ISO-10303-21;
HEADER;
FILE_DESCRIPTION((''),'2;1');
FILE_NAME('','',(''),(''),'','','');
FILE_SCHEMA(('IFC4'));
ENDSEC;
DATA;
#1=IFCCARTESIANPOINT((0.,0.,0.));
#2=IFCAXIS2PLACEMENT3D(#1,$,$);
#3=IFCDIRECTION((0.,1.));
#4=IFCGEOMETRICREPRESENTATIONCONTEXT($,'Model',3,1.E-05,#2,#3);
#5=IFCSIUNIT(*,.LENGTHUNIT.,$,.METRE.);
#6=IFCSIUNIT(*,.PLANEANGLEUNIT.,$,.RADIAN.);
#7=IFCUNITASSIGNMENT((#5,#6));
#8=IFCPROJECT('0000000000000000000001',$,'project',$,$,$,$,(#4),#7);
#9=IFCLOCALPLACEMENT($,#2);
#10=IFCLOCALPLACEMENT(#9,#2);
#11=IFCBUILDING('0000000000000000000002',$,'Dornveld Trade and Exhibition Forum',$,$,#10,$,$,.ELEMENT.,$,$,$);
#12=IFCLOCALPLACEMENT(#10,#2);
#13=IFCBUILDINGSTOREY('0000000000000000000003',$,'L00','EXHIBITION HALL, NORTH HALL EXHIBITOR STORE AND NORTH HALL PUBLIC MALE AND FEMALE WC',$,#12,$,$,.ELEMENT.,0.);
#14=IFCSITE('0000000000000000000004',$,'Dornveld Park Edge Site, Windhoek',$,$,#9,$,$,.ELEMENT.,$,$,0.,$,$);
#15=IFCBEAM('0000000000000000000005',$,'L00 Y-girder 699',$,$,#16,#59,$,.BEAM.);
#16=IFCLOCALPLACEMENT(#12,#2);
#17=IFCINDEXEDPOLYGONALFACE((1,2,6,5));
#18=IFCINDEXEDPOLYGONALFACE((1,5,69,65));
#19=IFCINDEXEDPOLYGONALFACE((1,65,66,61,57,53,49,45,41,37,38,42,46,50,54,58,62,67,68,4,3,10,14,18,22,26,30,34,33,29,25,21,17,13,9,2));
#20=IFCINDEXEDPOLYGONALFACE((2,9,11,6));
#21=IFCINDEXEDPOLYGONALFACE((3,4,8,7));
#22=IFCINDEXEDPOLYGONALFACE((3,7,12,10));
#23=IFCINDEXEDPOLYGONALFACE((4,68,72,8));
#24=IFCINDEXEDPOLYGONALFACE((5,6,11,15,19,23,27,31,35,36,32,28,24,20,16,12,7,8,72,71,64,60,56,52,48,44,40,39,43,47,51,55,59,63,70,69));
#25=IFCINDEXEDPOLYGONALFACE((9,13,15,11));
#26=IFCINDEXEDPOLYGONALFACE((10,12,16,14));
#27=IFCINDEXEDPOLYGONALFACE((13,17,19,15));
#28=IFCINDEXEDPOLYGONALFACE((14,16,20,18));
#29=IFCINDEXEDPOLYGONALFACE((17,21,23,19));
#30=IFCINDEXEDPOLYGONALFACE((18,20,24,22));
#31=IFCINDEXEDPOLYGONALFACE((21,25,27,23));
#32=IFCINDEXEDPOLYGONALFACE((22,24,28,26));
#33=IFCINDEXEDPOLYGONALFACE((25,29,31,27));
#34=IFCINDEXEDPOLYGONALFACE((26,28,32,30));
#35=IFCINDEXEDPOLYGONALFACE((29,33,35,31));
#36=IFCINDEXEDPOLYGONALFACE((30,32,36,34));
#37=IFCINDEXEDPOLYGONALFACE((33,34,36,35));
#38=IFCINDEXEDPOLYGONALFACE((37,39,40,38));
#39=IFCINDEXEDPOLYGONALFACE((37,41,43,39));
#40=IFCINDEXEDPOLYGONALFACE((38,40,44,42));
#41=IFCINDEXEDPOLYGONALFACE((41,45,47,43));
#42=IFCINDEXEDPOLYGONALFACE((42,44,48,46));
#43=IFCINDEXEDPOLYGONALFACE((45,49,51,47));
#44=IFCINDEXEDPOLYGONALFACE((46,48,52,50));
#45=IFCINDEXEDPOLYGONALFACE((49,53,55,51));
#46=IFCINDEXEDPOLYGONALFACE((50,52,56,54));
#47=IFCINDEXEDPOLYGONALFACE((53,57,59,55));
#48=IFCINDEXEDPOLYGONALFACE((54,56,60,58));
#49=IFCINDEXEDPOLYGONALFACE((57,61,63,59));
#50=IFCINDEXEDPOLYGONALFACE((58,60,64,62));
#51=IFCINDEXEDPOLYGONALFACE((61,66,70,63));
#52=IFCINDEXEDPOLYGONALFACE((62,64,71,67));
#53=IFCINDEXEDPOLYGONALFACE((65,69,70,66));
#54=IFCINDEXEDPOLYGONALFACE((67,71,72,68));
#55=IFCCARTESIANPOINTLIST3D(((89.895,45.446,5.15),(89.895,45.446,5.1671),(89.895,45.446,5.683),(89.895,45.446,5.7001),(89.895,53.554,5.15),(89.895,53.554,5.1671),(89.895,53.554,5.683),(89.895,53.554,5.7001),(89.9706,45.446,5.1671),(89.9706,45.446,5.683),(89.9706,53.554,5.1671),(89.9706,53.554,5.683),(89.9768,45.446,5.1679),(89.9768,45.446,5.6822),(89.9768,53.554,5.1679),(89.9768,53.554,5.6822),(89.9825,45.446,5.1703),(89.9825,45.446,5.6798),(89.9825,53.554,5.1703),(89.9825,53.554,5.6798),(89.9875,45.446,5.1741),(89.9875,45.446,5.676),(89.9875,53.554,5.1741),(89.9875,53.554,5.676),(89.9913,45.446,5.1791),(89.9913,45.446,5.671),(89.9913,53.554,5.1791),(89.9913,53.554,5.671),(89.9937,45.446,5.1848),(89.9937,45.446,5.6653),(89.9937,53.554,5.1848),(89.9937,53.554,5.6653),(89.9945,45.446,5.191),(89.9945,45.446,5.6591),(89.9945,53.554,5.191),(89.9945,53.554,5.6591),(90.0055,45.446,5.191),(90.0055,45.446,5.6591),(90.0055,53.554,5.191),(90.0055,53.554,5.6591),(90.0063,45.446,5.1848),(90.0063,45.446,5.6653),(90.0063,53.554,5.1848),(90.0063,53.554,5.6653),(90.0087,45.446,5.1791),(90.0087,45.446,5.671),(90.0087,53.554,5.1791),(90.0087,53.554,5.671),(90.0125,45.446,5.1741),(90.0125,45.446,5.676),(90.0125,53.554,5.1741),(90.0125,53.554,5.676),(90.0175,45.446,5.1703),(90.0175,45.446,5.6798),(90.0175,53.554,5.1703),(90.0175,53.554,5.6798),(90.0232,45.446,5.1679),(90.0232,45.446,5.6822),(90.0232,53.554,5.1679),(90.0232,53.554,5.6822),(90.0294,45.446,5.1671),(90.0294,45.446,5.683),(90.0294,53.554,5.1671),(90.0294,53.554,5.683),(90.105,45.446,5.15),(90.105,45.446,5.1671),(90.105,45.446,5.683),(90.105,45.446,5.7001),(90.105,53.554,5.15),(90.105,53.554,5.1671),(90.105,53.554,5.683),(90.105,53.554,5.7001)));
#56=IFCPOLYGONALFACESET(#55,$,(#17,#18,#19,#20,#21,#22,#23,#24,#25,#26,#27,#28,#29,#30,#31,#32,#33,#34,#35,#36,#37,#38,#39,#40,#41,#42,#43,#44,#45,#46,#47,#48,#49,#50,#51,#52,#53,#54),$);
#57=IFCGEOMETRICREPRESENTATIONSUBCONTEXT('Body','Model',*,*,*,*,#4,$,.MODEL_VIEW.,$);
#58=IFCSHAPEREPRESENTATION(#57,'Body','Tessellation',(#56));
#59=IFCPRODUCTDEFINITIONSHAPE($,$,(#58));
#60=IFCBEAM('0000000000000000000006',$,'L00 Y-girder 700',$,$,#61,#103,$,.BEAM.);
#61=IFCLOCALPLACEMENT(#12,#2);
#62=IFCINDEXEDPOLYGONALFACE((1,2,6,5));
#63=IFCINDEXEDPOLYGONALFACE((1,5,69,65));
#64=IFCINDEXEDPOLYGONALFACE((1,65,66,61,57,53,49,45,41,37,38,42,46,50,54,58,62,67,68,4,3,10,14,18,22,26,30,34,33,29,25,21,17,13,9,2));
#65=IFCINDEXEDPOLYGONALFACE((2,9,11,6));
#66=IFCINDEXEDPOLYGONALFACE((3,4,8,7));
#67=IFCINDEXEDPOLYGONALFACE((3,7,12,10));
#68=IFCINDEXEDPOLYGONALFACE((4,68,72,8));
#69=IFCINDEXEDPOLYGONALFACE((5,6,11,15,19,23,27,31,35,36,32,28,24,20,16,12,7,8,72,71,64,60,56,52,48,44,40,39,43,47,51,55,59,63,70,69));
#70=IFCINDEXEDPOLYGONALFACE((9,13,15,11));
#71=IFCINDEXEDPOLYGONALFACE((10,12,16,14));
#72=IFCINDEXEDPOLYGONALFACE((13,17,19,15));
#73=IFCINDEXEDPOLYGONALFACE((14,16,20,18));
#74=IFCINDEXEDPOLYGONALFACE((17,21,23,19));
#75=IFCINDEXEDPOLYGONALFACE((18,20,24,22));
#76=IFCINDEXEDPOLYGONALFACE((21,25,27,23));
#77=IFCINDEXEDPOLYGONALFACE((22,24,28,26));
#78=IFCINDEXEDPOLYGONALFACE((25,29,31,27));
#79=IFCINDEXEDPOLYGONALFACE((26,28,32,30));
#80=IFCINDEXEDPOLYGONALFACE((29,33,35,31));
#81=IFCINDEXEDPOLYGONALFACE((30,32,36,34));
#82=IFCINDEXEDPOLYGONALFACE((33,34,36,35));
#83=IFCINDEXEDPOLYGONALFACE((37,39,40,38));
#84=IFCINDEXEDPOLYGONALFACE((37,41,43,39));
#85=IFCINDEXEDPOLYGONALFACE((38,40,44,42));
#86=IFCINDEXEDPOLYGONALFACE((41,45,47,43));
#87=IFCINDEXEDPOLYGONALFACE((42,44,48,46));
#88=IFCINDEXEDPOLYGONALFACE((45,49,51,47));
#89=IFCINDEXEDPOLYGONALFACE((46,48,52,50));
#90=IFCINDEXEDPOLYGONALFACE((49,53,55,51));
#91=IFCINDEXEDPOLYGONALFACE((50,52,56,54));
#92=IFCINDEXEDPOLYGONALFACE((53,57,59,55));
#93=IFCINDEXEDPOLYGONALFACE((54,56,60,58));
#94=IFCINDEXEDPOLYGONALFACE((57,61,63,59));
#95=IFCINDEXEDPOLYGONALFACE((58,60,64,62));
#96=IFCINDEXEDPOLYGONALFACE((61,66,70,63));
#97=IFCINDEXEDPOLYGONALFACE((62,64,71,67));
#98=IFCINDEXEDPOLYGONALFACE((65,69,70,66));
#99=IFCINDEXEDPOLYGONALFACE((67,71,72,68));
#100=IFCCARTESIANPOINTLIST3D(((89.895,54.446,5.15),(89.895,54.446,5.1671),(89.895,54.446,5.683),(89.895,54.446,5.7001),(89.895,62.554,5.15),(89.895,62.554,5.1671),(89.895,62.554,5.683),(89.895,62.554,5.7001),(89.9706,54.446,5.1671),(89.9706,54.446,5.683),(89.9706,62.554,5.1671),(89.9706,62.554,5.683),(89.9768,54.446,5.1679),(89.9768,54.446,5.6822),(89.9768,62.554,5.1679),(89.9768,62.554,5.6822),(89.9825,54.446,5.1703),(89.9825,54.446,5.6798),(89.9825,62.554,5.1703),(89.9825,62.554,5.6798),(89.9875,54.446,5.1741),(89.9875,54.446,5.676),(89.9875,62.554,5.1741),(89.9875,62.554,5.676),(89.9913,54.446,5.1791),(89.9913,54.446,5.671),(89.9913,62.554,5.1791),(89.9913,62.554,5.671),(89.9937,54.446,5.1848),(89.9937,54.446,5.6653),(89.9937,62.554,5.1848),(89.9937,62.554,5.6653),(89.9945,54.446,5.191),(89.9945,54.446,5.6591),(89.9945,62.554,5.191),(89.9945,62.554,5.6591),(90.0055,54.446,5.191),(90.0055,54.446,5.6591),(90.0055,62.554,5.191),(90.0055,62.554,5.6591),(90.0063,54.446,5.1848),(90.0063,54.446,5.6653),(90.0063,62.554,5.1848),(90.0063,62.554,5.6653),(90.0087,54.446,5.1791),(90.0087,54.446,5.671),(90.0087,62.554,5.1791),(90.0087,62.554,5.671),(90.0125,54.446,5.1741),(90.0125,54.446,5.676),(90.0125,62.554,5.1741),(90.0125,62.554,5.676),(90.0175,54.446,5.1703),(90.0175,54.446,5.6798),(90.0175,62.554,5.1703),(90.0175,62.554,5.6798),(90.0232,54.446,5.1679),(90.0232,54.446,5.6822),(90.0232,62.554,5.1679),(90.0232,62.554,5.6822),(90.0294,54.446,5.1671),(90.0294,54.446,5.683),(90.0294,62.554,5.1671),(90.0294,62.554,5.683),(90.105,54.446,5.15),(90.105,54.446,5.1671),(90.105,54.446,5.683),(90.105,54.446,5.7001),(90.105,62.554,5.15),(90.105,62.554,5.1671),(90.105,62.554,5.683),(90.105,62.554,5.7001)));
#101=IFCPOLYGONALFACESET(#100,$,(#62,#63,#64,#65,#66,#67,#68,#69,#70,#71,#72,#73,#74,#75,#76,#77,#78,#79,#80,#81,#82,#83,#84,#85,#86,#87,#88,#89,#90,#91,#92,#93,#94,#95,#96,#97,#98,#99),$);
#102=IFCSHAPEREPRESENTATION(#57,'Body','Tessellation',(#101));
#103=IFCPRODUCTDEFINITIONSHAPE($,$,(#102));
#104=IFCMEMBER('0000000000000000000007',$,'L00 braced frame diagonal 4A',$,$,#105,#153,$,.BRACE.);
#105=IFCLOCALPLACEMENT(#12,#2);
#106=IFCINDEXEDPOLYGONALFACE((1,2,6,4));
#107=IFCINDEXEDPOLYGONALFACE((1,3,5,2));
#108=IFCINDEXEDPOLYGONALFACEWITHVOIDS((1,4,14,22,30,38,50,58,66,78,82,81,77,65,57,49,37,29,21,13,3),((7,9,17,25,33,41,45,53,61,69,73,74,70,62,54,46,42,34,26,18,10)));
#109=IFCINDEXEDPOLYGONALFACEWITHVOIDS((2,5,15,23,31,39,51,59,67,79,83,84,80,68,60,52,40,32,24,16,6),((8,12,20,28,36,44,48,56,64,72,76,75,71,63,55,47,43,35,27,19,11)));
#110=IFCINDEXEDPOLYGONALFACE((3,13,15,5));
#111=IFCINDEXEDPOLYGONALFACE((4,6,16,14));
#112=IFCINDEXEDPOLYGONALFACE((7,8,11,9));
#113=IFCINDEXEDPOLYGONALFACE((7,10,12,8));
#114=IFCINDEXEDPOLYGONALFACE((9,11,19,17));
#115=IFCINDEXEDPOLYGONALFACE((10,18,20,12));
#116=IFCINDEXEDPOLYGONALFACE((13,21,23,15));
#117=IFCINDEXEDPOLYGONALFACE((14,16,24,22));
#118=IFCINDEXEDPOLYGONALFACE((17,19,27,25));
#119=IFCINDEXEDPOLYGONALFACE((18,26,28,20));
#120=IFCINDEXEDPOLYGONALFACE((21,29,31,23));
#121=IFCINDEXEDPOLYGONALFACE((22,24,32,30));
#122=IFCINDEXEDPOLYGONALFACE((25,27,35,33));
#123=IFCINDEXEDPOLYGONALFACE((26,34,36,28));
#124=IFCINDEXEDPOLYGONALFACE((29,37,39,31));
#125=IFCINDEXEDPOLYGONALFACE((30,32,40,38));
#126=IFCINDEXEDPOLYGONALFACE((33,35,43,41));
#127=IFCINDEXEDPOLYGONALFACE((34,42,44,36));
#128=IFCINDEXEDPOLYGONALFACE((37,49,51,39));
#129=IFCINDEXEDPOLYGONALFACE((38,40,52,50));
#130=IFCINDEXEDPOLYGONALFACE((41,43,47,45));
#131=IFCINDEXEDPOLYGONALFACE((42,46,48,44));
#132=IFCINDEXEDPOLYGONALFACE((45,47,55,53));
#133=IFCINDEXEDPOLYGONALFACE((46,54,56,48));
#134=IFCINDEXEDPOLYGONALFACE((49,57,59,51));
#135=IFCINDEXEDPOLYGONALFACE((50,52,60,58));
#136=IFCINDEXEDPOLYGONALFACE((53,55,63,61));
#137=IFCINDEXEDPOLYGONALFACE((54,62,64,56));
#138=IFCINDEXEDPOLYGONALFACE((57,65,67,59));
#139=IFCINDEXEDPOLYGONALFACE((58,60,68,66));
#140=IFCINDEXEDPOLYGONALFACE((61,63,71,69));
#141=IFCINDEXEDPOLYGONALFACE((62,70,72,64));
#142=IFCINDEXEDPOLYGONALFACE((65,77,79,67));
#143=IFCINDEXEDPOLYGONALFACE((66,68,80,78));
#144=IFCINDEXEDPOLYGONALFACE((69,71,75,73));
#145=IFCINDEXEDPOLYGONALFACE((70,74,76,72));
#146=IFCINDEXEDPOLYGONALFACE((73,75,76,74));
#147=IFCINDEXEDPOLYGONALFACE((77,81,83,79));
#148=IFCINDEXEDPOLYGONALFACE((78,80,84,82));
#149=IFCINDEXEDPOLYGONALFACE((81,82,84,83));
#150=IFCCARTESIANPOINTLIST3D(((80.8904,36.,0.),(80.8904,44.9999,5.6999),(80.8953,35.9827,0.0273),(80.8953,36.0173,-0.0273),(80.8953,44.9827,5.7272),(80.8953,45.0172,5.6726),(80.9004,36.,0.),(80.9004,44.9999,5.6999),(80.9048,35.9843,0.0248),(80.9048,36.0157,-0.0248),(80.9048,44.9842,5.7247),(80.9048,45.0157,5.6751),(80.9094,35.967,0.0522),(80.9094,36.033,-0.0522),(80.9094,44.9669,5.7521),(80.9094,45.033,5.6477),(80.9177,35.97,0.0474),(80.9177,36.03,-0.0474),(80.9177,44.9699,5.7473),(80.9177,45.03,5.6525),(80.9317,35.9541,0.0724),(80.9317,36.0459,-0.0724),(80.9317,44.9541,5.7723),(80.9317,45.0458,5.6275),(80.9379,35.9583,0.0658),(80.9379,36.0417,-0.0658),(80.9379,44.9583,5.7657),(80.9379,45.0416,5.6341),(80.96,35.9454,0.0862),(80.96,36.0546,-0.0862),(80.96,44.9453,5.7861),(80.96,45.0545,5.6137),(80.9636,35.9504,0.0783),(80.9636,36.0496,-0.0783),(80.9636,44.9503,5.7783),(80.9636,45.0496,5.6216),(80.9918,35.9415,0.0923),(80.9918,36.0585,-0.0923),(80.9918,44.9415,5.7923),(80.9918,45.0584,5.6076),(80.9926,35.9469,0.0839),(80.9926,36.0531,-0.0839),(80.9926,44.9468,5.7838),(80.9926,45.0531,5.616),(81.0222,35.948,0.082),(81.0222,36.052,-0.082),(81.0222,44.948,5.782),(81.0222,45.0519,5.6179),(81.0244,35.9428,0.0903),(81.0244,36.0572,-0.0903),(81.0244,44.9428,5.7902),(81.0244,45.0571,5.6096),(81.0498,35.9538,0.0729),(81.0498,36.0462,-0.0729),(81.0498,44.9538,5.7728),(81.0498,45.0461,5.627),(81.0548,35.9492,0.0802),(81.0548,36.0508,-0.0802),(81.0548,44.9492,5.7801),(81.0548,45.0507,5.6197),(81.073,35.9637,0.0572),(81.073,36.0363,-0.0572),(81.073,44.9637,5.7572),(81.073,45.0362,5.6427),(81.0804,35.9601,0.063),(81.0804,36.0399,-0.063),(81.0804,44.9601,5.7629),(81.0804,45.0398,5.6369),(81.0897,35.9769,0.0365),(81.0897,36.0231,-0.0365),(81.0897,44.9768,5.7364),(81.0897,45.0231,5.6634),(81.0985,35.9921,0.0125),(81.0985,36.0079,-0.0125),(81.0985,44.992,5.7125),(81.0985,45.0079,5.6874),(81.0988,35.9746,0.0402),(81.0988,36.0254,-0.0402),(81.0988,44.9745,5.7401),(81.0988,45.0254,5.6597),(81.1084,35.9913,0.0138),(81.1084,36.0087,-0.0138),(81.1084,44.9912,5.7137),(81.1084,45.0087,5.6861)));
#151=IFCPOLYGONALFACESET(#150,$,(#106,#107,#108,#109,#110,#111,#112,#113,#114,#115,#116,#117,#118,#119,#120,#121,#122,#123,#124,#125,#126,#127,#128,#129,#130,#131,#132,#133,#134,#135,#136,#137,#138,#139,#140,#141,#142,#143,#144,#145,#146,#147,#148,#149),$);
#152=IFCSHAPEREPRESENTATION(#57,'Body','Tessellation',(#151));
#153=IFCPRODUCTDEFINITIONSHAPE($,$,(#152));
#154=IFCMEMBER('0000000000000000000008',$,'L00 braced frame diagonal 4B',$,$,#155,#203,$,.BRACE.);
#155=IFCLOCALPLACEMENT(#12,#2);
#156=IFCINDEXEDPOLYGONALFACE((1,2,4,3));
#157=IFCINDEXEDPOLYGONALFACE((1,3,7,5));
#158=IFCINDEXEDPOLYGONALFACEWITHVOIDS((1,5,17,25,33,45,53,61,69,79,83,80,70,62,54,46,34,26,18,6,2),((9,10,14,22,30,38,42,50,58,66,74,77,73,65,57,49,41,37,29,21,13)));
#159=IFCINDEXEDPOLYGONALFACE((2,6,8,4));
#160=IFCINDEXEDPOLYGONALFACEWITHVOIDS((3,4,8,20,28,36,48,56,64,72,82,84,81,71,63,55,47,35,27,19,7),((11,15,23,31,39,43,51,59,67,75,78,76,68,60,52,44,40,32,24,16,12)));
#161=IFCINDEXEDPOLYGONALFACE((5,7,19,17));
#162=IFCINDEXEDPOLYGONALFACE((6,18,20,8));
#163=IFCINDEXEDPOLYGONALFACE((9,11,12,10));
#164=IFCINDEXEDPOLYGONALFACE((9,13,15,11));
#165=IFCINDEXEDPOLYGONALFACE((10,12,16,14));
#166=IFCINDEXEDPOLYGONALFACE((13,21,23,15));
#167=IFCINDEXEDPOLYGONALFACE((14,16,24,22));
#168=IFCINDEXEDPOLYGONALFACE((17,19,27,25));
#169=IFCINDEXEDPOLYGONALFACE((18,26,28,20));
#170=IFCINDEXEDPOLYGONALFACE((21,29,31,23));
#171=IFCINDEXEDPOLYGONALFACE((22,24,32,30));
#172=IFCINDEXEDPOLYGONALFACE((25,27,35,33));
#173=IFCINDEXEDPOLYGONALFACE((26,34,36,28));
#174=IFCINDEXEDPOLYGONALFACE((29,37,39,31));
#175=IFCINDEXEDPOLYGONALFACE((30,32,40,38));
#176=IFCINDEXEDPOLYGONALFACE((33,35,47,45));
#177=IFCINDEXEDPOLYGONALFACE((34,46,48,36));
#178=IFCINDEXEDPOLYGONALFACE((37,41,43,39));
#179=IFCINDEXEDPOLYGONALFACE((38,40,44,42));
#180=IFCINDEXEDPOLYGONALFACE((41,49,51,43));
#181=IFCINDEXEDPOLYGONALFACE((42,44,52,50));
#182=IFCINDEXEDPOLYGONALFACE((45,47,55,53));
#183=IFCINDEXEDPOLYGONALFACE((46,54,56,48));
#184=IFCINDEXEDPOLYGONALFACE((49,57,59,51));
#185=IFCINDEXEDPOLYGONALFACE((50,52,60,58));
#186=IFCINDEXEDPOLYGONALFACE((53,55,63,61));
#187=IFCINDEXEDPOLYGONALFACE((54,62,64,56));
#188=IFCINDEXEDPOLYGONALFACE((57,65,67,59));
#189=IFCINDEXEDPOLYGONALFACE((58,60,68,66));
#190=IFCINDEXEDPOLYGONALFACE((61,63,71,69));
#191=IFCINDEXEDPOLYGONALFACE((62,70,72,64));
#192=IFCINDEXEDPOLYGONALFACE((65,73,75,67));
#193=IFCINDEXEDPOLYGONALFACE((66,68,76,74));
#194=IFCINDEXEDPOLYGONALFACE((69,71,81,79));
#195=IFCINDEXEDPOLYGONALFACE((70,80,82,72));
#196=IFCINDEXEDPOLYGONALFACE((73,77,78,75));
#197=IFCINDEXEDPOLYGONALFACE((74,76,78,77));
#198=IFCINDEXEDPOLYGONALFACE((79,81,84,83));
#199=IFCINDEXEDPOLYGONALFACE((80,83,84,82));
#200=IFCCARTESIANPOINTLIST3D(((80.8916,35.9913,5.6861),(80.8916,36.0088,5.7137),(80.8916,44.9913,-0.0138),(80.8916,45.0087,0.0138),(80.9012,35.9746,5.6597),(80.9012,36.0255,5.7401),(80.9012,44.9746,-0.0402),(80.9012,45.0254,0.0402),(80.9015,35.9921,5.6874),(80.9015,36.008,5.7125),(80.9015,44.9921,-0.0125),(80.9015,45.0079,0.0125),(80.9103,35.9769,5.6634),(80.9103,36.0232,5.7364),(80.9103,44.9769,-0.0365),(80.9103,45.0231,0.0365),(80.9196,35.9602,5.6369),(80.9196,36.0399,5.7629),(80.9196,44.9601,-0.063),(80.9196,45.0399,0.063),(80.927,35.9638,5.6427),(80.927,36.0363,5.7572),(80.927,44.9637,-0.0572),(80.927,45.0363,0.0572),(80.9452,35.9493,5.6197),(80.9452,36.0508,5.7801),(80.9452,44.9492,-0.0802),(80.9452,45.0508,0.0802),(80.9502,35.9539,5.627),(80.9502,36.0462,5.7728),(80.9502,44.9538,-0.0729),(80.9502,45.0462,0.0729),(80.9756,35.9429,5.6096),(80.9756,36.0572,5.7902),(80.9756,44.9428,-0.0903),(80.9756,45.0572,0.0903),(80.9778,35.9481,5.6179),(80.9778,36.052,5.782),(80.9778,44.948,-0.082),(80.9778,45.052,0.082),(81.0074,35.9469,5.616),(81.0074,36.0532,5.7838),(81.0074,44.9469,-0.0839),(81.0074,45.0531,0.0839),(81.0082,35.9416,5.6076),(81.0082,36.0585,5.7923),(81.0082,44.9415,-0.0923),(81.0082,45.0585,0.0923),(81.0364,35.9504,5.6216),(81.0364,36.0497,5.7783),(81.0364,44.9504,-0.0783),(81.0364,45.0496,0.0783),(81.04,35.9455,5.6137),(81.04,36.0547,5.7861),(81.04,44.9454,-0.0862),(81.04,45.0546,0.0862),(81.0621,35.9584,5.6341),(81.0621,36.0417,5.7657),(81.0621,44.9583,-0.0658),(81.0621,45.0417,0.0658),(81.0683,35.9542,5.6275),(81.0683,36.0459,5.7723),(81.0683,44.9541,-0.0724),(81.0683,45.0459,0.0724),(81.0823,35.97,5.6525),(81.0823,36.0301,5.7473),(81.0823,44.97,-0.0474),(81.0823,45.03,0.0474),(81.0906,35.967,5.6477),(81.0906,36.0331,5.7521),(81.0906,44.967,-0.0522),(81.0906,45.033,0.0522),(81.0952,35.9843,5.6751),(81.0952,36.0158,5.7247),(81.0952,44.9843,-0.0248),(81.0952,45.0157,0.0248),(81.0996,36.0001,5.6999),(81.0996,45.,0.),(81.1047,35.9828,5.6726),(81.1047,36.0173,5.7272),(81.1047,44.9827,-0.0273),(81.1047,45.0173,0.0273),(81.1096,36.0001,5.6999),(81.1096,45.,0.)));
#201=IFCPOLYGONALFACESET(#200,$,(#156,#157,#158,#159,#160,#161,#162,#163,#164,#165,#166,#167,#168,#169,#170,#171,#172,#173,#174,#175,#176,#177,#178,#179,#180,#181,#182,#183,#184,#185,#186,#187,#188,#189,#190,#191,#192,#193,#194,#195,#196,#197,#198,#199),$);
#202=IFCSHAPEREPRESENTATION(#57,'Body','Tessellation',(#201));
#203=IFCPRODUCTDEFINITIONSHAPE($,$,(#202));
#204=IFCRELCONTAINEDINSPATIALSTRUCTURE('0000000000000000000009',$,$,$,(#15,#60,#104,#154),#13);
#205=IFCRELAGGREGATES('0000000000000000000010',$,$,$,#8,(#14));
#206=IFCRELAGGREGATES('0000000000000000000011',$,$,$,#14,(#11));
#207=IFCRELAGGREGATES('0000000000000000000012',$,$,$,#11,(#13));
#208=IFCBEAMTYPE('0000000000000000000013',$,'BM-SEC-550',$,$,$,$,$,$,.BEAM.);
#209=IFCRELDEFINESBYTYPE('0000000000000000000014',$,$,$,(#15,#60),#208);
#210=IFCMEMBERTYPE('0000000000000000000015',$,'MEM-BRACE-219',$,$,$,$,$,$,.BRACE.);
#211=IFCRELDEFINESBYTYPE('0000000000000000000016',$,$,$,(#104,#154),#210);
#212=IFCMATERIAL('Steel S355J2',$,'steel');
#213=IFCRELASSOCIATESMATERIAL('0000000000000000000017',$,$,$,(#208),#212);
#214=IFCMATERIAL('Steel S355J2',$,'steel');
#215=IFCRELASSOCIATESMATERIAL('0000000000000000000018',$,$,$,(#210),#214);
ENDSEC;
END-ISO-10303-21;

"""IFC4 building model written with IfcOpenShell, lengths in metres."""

from ifc_helpers import new_model, si_unit, direction, frame, origin, origin_2d, place, context, subcontext, project, spatial, hollow_circle, i_section, extrude, material, material_profile, profile_set, type_object, element, save


model = new_model("IFC4")

# Units and contexts
model_context = context("Model", 3, precision=1e-05, world=origin(), true_north=direction((0.0, 1.0)))
body_context = subcontext(model_context, "Body", "Model", "MODEL_VIEW")
ifc_project = project(units=[si_unit("LENGTHUNIT", "METRE"), si_unit("PLANEANGLEUNIT", "RADIAN")], contexts=[model_context])

# Site, building, storey
site_placement = place(None, origin())
site = spatial("IfcSite", under=ifc_project, at=site_placement, Name="Dornveld Park Edge Site, Windhoek", CompositionType="ELEMENT", RefElevation=0.0)
building_placement = place(site_placement, origin())
building = spatial("IfcBuilding", under=site, at=building_placement, Name="Dornveld Trade and Exhibition Forum", CompositionType="ELEMENT")
storey_placement = place(building_placement, origin())
storey = spatial("IfcBuildingStorey", under=building, at=storey_placement, Name="L00", Description="EXHIBITION HALL, NORTH HALL EXHIBITOR STORE AND NORTH HALL PUBLIC MALE AND FEMALE WC", CompositionType="ELEMENT", Elevation=0.0)

# Beams
ifc_material_1 = material(Name="Steel S355J2", Category="steel")
ifc_material_profile_1 = material_profile(ifc_material_1, i_section(OverallWidth=0.21, OverallDepth=0.55, WebThickness=0.011, FlangeThickness=0.0171, FilletRadius=0.0239, at=origin_2d()), Name="IPE 550")
ifc_profile_set_1 = profile_set([ifc_material_profile_1], Name="Steel S355J2")
beam_type_1 = type_object("IfcBeamType", Name="BM-SEC-550", PredefinedType="BEAM", material=ifc_profile_set_1)
for number, where, z_axis, x_axis, name in (
    (1, (90.0, 45.446, 5.425), (0.0, 1.0, 0.0), (-1.0, 0.0, 0.0), "L00 Y-girder 699"),
    (2, (90.0, 54.446, 5.425), (0.0, 1.0, 0.0), (-1.0, 0.0, 0.0), "L00 Y-girder 700"),
):
    element("IfcBeam", number, at=place(storey_placement, frame(where, z_axis=z_axis, x_axis=x_axis)), inside=storey, type_object=beam_type_1, Name=name, PredefinedType="BEAM", context=body_context, shape_type="SweptSolid", body=[
        extrude(i_section(OverallWidth=0.21, OverallDepth=0.55, WebThickness=0.011, FlangeThickness=0.0171, FilletRadius=0.0239, at=origin_2d()), origin(), (0.0, 0.0, 1.0), 8.1079),
    ])

# Members
ifc_material_2 = material(Name="Steel S355J2", Category="steel")
ifc_material_profile_2 = material_profile(ifc_material_2, hollow_circle(Radius=0.1096, WallThickness=0.01, at=origin_2d()), Name="CHS 219.1x10")
ifc_profile_set_2 = profile_set([ifc_material_profile_2], Name="Steel S355J2")
member_type = type_object("IfcMemberType", Name="MEM-BRACE-219", PredefinedType="BRACE", material=ifc_profile_set_2)
for number, where, z_axis, x_axis, name in (
    (3, (81.0, 36.0, 0.0), (0.0, 0.844821, 0.535049), (-1.0, 0.0, 0.0), "L00 braced frame diagonal 4A"),
    (4, (81.0, 45.0, 0.0), (0.0, -0.844821, 0.535049), (1.0, 0.0, 0.0), "L00 braced frame diagonal 4B"),
):
    element("IfcMember", number, at=place(storey_placement, frame(where, z_axis=z_axis, x_axis=x_axis)), inside=storey, type_object=member_type, Name=name, PredefinedType="BRACE", context=body_context, shape_type="SweptSolid", body=[
        extrude(hollow_circle(Radius=0.1096, WallThickness=0.01, at=origin_2d()), origin(), (0.0, 0.0, 1.0), 10.6531),
    ])

save(model, "model.ifc")
